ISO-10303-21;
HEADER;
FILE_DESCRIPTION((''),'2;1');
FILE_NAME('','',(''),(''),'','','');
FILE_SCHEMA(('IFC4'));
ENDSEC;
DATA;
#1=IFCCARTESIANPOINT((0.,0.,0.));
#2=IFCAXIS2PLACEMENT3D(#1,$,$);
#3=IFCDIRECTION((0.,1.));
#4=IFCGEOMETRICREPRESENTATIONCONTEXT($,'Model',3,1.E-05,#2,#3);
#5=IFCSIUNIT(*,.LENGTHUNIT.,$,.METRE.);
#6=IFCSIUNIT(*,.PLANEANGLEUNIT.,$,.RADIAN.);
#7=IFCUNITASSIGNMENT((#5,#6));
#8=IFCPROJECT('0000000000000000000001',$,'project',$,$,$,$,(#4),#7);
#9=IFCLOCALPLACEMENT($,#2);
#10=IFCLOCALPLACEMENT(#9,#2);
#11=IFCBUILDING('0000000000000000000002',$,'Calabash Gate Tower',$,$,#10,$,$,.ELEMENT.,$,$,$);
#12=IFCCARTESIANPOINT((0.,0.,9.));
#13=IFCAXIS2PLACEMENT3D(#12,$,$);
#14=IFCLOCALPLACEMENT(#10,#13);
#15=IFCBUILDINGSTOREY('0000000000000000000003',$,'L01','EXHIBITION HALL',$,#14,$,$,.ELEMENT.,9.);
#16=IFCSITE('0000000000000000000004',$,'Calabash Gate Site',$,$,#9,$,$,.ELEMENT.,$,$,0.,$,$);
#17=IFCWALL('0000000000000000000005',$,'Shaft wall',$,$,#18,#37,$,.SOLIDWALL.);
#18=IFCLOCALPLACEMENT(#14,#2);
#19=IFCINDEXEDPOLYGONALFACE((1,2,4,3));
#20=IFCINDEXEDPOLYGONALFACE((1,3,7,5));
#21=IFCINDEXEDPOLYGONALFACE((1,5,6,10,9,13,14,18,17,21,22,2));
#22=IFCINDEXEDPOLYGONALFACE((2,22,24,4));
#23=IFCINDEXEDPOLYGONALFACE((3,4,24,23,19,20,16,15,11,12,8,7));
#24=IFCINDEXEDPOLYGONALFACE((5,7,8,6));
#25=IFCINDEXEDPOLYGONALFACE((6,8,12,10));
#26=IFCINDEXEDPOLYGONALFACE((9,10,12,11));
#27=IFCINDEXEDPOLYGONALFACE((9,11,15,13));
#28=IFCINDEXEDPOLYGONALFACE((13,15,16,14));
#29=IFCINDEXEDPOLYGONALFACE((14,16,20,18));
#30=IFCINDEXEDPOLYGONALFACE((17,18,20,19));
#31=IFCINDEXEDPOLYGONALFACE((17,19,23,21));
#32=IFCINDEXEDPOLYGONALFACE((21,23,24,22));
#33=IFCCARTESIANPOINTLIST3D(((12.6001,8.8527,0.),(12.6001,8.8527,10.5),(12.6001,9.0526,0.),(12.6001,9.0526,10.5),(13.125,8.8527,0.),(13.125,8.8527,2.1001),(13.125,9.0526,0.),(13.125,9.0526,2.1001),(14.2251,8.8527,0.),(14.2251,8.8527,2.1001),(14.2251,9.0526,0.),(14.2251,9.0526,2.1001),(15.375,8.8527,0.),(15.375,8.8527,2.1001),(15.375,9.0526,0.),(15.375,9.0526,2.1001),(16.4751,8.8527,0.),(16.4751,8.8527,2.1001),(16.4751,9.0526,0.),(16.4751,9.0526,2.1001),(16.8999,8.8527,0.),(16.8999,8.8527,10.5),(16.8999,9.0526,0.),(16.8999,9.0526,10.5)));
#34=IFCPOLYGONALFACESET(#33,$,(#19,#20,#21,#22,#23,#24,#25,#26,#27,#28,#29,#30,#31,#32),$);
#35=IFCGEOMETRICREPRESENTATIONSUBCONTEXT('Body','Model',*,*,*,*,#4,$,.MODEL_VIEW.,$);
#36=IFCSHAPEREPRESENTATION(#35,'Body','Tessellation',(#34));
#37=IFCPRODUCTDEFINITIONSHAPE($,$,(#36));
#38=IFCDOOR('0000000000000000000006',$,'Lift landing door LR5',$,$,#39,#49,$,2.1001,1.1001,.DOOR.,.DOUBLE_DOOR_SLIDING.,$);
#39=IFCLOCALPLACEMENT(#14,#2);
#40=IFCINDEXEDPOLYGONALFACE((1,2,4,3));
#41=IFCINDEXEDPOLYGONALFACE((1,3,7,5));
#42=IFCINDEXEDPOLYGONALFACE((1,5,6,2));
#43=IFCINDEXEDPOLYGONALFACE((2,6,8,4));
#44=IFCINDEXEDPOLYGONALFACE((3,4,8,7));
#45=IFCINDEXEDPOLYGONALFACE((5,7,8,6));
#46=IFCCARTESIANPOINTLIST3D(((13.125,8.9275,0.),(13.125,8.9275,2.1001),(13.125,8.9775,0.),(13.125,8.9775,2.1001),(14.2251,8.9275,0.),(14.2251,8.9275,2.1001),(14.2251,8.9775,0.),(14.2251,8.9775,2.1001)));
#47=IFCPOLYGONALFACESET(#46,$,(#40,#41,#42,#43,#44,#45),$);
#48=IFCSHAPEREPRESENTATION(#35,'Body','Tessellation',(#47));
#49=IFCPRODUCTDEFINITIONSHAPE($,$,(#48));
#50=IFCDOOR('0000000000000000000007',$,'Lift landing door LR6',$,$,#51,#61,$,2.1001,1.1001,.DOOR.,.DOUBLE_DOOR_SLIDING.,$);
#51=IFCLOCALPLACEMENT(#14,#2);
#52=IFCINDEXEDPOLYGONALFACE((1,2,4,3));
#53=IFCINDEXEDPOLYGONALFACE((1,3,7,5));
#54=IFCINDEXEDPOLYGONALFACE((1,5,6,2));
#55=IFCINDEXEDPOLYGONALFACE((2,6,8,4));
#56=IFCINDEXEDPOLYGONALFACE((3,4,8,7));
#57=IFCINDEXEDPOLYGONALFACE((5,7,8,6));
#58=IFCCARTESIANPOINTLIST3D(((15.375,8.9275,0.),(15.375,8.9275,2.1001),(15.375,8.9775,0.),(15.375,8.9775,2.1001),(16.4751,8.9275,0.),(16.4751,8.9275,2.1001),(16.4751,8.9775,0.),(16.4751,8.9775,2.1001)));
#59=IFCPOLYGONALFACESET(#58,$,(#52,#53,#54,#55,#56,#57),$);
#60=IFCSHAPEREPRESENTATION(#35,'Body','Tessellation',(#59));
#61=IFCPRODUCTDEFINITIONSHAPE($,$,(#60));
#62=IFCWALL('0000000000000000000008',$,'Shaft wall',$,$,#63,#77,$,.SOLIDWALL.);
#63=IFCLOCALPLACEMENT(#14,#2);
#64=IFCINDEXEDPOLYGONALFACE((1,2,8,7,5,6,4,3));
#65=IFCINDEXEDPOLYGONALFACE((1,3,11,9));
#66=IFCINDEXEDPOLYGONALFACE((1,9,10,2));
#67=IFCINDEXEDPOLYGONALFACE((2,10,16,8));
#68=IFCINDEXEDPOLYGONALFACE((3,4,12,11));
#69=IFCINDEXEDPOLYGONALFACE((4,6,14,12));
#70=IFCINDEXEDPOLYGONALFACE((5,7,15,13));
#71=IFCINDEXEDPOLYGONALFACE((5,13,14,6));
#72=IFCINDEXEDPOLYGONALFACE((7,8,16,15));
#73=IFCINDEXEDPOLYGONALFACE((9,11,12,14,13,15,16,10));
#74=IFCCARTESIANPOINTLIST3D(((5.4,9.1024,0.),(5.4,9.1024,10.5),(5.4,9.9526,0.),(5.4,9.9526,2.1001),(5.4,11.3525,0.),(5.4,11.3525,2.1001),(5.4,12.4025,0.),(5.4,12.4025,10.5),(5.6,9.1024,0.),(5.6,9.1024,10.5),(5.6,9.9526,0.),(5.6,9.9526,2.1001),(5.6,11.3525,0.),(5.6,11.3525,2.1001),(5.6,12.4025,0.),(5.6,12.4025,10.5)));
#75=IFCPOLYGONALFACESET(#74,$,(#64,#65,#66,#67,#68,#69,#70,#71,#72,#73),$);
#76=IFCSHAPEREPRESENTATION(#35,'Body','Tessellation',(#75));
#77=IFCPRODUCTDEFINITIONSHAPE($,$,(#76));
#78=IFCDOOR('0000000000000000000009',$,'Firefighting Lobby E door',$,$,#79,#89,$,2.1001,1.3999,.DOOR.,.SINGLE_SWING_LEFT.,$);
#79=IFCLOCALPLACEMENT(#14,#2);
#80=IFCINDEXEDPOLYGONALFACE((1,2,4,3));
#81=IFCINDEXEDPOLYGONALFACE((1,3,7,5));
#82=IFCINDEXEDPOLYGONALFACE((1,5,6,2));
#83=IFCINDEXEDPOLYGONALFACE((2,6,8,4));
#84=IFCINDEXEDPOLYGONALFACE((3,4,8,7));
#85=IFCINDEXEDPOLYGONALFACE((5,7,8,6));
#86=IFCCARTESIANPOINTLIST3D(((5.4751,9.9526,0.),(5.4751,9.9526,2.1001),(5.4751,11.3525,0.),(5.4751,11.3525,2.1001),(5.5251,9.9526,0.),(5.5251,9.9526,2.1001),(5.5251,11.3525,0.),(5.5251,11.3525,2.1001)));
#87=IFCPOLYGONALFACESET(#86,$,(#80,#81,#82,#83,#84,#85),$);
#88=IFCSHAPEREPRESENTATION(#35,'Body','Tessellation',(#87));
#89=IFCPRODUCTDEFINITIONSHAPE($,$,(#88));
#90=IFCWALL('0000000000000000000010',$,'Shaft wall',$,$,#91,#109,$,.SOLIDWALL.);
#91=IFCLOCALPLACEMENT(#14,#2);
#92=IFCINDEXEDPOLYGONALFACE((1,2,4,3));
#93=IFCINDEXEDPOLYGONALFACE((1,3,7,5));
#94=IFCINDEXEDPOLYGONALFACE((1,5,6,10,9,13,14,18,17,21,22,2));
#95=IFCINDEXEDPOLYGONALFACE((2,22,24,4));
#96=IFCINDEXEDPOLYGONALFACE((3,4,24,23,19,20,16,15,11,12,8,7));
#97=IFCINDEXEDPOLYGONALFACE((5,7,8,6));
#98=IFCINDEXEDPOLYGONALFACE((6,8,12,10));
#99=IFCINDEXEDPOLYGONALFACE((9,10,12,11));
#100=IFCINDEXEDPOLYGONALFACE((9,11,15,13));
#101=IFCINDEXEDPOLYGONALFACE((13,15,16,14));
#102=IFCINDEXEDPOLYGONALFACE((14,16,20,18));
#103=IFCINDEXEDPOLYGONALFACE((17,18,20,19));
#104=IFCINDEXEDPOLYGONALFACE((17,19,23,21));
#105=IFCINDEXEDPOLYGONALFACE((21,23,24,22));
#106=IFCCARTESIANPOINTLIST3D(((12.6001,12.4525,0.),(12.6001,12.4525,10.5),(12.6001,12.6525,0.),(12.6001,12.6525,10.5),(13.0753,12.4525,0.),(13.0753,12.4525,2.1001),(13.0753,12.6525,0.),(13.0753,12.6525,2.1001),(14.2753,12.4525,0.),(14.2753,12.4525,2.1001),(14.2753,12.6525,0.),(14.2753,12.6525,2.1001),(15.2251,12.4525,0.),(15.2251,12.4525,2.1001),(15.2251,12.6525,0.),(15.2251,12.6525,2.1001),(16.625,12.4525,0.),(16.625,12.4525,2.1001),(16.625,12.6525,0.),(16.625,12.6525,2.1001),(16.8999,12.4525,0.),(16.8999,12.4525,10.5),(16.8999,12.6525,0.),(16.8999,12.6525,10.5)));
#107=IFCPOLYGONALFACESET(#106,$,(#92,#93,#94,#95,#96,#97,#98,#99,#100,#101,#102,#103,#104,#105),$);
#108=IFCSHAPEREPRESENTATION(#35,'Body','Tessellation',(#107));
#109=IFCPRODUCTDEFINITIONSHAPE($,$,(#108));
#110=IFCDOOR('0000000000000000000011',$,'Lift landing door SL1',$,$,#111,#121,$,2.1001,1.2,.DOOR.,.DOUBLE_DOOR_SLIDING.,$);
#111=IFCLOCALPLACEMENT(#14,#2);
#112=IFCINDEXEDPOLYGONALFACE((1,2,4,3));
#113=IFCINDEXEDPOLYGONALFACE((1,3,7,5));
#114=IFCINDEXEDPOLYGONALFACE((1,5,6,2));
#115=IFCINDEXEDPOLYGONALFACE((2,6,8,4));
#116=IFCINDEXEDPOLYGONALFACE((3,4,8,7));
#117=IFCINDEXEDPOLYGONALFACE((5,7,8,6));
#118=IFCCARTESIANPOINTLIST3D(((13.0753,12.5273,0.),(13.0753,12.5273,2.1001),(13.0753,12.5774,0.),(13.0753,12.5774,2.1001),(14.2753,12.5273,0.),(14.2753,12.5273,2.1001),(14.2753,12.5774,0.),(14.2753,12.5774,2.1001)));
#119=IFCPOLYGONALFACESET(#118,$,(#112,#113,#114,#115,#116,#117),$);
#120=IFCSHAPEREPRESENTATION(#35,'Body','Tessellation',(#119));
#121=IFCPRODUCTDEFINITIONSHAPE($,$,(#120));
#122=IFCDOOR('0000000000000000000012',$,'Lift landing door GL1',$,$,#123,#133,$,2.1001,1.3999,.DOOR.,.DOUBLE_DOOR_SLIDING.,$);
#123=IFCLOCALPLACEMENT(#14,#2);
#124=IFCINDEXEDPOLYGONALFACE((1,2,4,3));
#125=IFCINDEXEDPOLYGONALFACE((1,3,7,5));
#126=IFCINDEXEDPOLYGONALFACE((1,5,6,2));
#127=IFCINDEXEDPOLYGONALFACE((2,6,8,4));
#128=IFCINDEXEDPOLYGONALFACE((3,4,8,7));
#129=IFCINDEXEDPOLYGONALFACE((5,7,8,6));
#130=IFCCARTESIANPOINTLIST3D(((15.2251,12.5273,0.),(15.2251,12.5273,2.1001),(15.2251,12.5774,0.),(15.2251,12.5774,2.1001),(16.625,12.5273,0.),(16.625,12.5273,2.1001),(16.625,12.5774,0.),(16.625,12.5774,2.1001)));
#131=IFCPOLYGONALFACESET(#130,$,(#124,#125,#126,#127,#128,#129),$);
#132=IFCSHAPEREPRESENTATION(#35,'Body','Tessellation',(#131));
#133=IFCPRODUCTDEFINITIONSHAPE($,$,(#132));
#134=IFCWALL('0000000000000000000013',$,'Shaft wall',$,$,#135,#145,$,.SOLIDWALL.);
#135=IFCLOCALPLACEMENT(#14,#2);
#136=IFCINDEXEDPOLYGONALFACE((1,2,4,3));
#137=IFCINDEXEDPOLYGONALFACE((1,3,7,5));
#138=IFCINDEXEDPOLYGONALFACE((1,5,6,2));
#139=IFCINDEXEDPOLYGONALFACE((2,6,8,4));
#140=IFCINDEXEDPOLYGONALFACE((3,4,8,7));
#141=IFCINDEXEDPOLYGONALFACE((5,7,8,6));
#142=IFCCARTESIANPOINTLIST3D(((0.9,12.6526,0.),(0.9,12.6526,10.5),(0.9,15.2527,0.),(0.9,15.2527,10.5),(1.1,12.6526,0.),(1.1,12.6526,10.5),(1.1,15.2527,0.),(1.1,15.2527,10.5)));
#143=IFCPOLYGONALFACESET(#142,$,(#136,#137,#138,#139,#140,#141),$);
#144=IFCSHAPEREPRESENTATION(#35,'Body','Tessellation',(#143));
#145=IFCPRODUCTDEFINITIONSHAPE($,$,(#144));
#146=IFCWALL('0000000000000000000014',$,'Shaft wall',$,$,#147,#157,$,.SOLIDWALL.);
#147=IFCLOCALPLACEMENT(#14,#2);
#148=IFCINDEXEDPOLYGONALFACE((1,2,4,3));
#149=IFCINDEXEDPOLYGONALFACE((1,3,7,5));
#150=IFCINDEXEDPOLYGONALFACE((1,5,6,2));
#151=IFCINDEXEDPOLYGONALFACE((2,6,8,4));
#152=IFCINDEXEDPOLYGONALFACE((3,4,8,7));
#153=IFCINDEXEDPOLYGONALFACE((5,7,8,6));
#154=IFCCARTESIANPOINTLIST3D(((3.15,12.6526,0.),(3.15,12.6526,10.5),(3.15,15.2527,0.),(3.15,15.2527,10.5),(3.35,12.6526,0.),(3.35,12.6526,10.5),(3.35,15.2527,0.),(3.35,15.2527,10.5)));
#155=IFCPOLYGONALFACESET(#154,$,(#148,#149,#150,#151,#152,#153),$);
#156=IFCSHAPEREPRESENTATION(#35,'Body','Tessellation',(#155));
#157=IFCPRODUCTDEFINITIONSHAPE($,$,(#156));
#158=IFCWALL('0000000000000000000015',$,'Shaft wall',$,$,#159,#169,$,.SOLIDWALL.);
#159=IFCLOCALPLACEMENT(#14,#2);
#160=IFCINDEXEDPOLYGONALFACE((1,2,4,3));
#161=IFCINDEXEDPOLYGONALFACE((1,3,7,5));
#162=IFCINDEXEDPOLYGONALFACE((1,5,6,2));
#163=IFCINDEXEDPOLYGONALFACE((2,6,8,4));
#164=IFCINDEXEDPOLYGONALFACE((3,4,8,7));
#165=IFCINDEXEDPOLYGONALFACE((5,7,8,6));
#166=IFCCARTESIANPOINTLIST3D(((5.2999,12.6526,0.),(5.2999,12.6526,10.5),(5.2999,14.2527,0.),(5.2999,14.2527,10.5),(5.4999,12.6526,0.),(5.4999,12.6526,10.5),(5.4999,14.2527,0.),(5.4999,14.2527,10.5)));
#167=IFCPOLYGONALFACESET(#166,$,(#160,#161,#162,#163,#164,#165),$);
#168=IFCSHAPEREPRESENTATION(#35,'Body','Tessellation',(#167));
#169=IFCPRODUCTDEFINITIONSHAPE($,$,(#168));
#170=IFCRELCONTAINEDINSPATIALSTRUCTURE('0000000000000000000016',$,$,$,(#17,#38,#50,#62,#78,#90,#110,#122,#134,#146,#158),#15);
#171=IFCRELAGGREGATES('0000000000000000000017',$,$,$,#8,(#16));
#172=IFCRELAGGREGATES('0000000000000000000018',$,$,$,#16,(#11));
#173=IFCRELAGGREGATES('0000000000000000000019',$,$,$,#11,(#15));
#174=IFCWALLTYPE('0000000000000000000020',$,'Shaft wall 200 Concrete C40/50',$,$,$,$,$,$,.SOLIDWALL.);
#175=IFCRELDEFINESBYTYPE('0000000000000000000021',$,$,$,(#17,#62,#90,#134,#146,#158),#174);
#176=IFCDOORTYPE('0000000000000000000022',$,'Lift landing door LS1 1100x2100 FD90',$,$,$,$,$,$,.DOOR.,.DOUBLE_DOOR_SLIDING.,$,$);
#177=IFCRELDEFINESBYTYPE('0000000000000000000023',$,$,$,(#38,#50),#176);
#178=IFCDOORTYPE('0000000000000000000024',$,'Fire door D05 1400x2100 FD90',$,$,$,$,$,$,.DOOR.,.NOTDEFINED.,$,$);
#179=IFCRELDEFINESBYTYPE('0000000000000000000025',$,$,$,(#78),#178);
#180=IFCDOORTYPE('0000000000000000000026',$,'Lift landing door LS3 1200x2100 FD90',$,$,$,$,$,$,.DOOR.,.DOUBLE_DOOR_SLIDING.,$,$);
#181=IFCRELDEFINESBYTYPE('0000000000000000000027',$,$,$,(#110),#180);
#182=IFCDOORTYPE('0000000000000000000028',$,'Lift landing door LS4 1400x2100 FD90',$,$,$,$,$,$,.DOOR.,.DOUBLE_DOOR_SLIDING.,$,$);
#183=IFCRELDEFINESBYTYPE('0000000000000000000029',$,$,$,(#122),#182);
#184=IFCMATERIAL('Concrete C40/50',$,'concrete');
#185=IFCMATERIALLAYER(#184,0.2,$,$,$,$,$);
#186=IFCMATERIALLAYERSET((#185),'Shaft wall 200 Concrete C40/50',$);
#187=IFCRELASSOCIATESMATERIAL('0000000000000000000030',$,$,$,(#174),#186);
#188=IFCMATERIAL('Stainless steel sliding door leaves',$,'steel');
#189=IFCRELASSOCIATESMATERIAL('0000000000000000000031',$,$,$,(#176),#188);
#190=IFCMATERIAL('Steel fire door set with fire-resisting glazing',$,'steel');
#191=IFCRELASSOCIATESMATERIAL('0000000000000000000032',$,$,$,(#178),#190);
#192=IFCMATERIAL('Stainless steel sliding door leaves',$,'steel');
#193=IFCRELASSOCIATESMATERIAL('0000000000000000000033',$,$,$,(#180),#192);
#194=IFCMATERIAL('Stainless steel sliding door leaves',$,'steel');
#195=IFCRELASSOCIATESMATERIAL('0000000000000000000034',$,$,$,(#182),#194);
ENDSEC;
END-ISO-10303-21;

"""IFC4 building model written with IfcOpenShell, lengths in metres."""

from ifc_helpers import new_model, si_unit, direction, frame, frame_2d, origin, place, context, subcontext, project, spatial, rectangle, extrude, material, layer, layer_set, type_object, element, fill, save


model = new_model("IFC4")

# Units and contexts
model_context = context("Model", 3, precision=1e-05, world=origin(), true_north=direction((0.0, 1.0)))
body_context = subcontext(model_context, "Body", "Model", "MODEL_VIEW")
ifc_project = project(units=[si_unit("LENGTHUNIT", "METRE"), si_unit("PLANEANGLEUNIT", "RADIAN")], contexts=[model_context])

# Site, building, storey
site_placement = place(None, origin())
site = spatial("IfcSite", under=ifc_project, at=site_placement, Name="Calabash Gate Site", CompositionType="ELEMENT", RefElevation=0.0)
building_placement = place(site_placement, origin())
building = spatial("IfcBuilding", under=site, at=building_placement, Name="Calabash Gate Tower", CompositionType="ELEMENT")
storey_placement = place(building_placement, frame((0.0, 0.0, 9.0)))
storey = spatial("IfcBuildingStorey", under=building, at=storey_placement, Name="L01", Description="EXHIBITION HALL", CompositionType="ELEMENT", Elevation=9.0)

# Shared definitions
ifc_material_1 = material(Name="Concrete C40/50", Category="concrete")
ifc_layer_1 = layer(ifc_material_1, 0.2)
ifc_layer_set_1 = layer_set([ifc_layer_1], Name="Shaft wall 200 Concrete C40/50")
wall_type_1 = type_object("IfcWallType", Name="Shaft wall 200 Concrete C40/50", PredefinedType="SOLIDWALL", material=ifc_layer_set_1)

# Wall, openings, doors
wall_1_placement = place(storey_placement, frame((12.6001, 8.9526, 0.0), z_axis=(0.0, 0.0, 1.0), x_axis=(1.0, 0.0, 0.0)))
wall_1 = element("IfcWall", 1, at=wall_1_placement, inside=storey, type_object=wall_type_1, Name="Shaft wall", PredefinedType="SOLIDWALL", context=body_context, shape_type="SweptSolid", body=[
    extrude(rectangle(XDim=4.2998, YDim=0.2, at=frame_2d((2.1499, 0.0))), origin(), (0.0, 0.0, 1.0), 10.5),
])
opening_1_placement = place(wall_1_placement, frame((0.5249, 0.0, 0.0)))
opening_1 = element("IfcOpeningElement", 2, at=opening_1_placement, cuts=wall_1, PredefinedType="OPENING", context=body_context, shape_type="SweptSolid", body=[
    extrude(rectangle(XDim=1.1001, YDim=2.1001, at=frame_2d((0.55, 1.05))), frame((0.0, 0.1099, 0.0), z_axis=(0.0, -1.0, 0.0), x_axis=(1.0, 0.0, 0.0)), (0.0, 0.0, 1.0), 0.22),
])
opening_2_placement = place(wall_1_placement, frame((2.7749, 0.0, 0.0)))
opening_2 = element("IfcOpeningElement", 3, at=opening_2_placement, cuts=wall_1, PredefinedType="OPENING", context=body_context, shape_type="SweptSolid", body=[
    extrude(rectangle(XDim=1.1001, YDim=2.1001, at=frame_2d((0.55, 1.05))), frame((0.0, 0.1099, 0.0), z_axis=(0.0, -1.0, 0.0), x_axis=(1.0, 0.0, 0.0)), (0.0, 0.0, 1.0), 0.22),
])
ifc_material_2 = material(Name="Stainless steel sliding door leaves", Category="steel")
door_type_1 = type_object("IfcDoorType", Name="Lift landing door LS1 1100x2100 FD90", OperationType="DOUBLE_DOOR_SLIDING", PredefinedType="DOOR", material=ifc_material_2)
door_1_placement = place(opening_1_placement, origin())
door_1 = element("IfcDoor", 4, at=door_1_placement, inside=storey, type_object=door_type_1, Name="Lift landing door LR5", OperationType="DOUBLE_DOOR_SLIDING", OverallHeight=2.1001, OverallWidth=1.1001, PredefinedType="DOOR", context=body_context, shape_type="SweptSolid", body=[
    extrude(rectangle(XDim=1.1001, YDim=2.1001, at=frame_2d((0.55, 1.05))), frame((0.0, 0.0249, 0.0), z_axis=(0.0, -1.0, 0.0), x_axis=(1.0, 0.0, 0.0)), (0.0, 0.0, 1.0), 0.05),
])
fill(opening_1, door_1)
door_2_placement = place(opening_2_placement, origin())
door_2 = element("IfcDoor", 5, at=door_2_placement, inside=storey, type_object=door_type_1, Name="Lift landing door LR6", OperationType="DOUBLE_DOOR_SLIDING", OverallHeight=2.1001, OverallWidth=1.1001, PredefinedType="DOOR", context=body_context, shape_type="SweptSolid", body=[
    extrude(rectangle(XDim=1.1001, YDim=2.1001, at=frame_2d((0.55, 1.05))), frame((0.0, 0.0249, 0.0), z_axis=(0.0, -1.0, 0.0), x_axis=(1.0, 0.0, 0.0)), (0.0, 0.0, 1.0), 0.05),
])
fill(opening_2, door_2)

# Wall, opening, door
wall_2_placement = place(storey_placement, frame((5.5, 9.1025, 0.0), z_axis=(0.0, 0.0, 1.0), x_axis=(0.0, 1.0, 0.0)))
wall_2 = element("IfcWall", 6, at=wall_2_placement, inside=storey, type_object=wall_type_1, Name="Shaft wall", PredefinedType="SOLIDWALL", context=body_context, shape_type="SweptSolid", body=[
    extrude(rectangle(XDim=3.3, YDim=0.2, at=frame_2d((1.6499, 0.0))), origin(), (0.0, 0.0, 1.0), 10.5),
])
opening_3_placement = place(wall_2_placement, frame((0.8501, 0.0, 0.0)))
opening_3 = element("IfcOpeningElement", 7, at=opening_3_placement, cuts=wall_2, PredefinedType="OPENING", context=body_context, shape_type="SweptSolid", body=[
    extrude(rectangle(XDim=1.3999, YDim=2.1001, at=frame_2d((0.7, 1.05))), frame((0.0, 0.1099, 0.0), z_axis=(0.0, -1.0, 0.0), x_axis=(1.0, 0.0, 0.0)), (0.0, 0.0, 1.0), 0.22),
])
ifc_material_3 = material(Name="Steel fire door set with fire-resisting glazing", Category="steel")
door_type_2 = type_object("IfcDoorType", Name="Fire door D05 1400x2100 FD90", OperationType="NOTDEFINED", PredefinedType="DOOR", material=ifc_material_3)
door_3_placement = place(opening_3_placement, origin())
door_3 = element("IfcDoor", 8, at=door_3_placement, inside=storey, type_object=door_type_2, Name="Firefighting Lobby E door", OperationType="SINGLE_SWING_LEFT", OverallHeight=2.1001, OverallWidth=1.3999, PredefinedType="DOOR", context=body_context, shape_type="SweptSolid", body=[
    extrude(rectangle(XDim=1.3999, YDim=2.1001, at=frame_2d((0.7, 1.05))), frame((0.0, 0.0249, 0.0), z_axis=(0.0, -1.0, 0.0), x_axis=(1.0, 0.0, 0.0)), (0.0, 0.0, 1.0), 0.05),
])
fill(opening_3, door_3)

# Wall, openings, doors
wall_3_placement = place(storey_placement, frame((12.6001, 12.5525, 0.0), z_axis=(0.0, 0.0, 1.0), x_axis=(1.0, 0.0, 0.0)))
wall_3 = element("IfcWall", 9, at=wall_3_placement, inside=storey, type_object=wall_type_1, Name="Shaft wall", PredefinedType="SOLIDWALL", context=body_context, shape_type="SweptSolid", body=[
    extrude(rectangle(XDim=4.2998, YDim=0.2, at=frame_2d((2.1499, 0.0))), origin(), (0.0, 0.0, 1.0), 10.5),
])
opening_4_placement = place(wall_3_placement, frame((0.4751, 0.0, 0.0)))
opening_4 = element("IfcOpeningElement", 10, at=opening_4_placement, cuts=wall_3, PredefinedType="OPENING", context=body_context, shape_type="SweptSolid", body=[
    extrude(rectangle(XDim=1.2, YDim=2.1001, at=frame_2d((0.6001, 1.05))), frame((0.0, 0.1099, 0.0), z_axis=(0.0, -1.0, 0.0), x_axis=(1.0, 0.0, 0.0)), (0.0, 0.0, 1.0), 0.22),
])
opening_5_placement = place(wall_3_placement, frame((2.625, 0.0, 0.0)))
opening_5 = element("IfcOpeningElement", 11, at=opening_5_placement, cuts=wall_3, PredefinedType="OPENING", context=body_context, shape_type="SweptSolid", body=[
    extrude(rectangle(XDim=1.3999, YDim=2.1001, at=frame_2d((0.7, 1.05))), frame((0.0, 0.1099, 0.0), z_axis=(0.0, -1.0, 0.0), x_axis=(1.0, 0.0, 0.0)), (0.0, 0.0, 1.0), 0.22),
])
ifc_material_4 = material(Name="Stainless steel sliding door leaves", Category="steel")
door_type_3 = type_object("IfcDoorType", Name="Lift landing door LS3 1200x2100 FD90", OperationType="DOUBLE_DOOR_SLIDING", PredefinedType="DOOR", material=ifc_material_4)
door_4_placement = place(opening_4_placement, origin())
door_4 = element("IfcDoor", 12, at=door_4_placement, inside=storey, type_object=door_type_3, Name="Lift landing door SL1", OperationType="DOUBLE_DOOR_SLIDING", OverallHeight=2.1001, OverallWidth=1.2, PredefinedType="DOOR", context=body_context, shape_type="SweptSolid", body=[
    extrude(rectangle(XDim=1.2, YDim=2.1001, at=frame_2d((0.6001, 1.05))), frame((0.0, 0.0249, 0.0), z_axis=(0.0, -1.0, 0.0), x_axis=(1.0, 0.0, 0.0)), (0.0, 0.0, 1.0), 0.05),
])
fill(opening_4, door_4)
ifc_material_5 = material(Name="Stainless steel sliding door leaves", Category="steel")
door_type_4 = type_object("IfcDoorType", Name="Lift landing door LS4 1400x2100 FD90", OperationType="DOUBLE_DOOR_SLIDING", PredefinedType="DOOR", material=ifc_material_5)
door_5_placement = place(opening_5_placement, origin())
door_5 = element("IfcDoor", 13, at=door_5_placement, inside=storey, type_object=door_type_4, Name="Lift landing door GL1", OperationType="DOUBLE_DOOR_SLIDING", OverallHeight=2.1001, OverallWidth=1.3999, PredefinedType="DOOR", context=body_context, shape_type="SweptSolid", body=[
    extrude(rectangle(XDim=1.3999, YDim=2.1001, at=frame_2d((0.7, 1.05))), frame((0.0, 0.0249, 0.0), z_axis=(0.0, -1.0, 0.0), x_axis=(1.0, 0.0, 0.0)), (0.0, 0.0, 1.0), 0.05),
])
fill(opening_5, door_5)

# Walls
for number, where, z_axis, x_axis, name in (
    (14, (1.0, 12.6526, 0.0), (0.0, 0.0, 1.0), (0.0, 1.0, 0.0), "Shaft wall"),
    (15, (3.25, 12.6526, 0.0), (0.0, 0.0, 1.0), (0.0, 1.0, 0.0), "Shaft wall"),
):
    element("IfcWall", number, at=place(storey_placement, frame(where, z_axis=z_axis, x_axis=x_axis)), inside=storey, type_object=wall_type_1, Name=name, PredefinedType="SOLIDWALL", context=body_context, shape_type="SweptSolid", body=[
        extrude(rectangle(XDim=2.6001, YDim=0.2, at=frame_2d((1.3, 0.0))), origin(), (0.0, 0.0, 1.0), 10.5),
    ])
wall_4_placement = place(storey_placement, frame((5.3999, 12.6526, 0.0), z_axis=(0.0, 0.0, 1.0), x_axis=(0.0, 1.0, 0.0)))
element("IfcWall", 16, at=wall_4_placement, inside=storey, type_object=wall_type_1, Name="Shaft wall", PredefinedType="SOLIDWALL", context=body_context, shape_type="SweptSolid", body=[
    extrude(rectangle(XDim=1.6001, YDim=0.2, at=frame_2d((0.8, 0.0))), origin(), (0.0, 0.0, 1.0), 10.5),
])

save(model, "model.ifc")
